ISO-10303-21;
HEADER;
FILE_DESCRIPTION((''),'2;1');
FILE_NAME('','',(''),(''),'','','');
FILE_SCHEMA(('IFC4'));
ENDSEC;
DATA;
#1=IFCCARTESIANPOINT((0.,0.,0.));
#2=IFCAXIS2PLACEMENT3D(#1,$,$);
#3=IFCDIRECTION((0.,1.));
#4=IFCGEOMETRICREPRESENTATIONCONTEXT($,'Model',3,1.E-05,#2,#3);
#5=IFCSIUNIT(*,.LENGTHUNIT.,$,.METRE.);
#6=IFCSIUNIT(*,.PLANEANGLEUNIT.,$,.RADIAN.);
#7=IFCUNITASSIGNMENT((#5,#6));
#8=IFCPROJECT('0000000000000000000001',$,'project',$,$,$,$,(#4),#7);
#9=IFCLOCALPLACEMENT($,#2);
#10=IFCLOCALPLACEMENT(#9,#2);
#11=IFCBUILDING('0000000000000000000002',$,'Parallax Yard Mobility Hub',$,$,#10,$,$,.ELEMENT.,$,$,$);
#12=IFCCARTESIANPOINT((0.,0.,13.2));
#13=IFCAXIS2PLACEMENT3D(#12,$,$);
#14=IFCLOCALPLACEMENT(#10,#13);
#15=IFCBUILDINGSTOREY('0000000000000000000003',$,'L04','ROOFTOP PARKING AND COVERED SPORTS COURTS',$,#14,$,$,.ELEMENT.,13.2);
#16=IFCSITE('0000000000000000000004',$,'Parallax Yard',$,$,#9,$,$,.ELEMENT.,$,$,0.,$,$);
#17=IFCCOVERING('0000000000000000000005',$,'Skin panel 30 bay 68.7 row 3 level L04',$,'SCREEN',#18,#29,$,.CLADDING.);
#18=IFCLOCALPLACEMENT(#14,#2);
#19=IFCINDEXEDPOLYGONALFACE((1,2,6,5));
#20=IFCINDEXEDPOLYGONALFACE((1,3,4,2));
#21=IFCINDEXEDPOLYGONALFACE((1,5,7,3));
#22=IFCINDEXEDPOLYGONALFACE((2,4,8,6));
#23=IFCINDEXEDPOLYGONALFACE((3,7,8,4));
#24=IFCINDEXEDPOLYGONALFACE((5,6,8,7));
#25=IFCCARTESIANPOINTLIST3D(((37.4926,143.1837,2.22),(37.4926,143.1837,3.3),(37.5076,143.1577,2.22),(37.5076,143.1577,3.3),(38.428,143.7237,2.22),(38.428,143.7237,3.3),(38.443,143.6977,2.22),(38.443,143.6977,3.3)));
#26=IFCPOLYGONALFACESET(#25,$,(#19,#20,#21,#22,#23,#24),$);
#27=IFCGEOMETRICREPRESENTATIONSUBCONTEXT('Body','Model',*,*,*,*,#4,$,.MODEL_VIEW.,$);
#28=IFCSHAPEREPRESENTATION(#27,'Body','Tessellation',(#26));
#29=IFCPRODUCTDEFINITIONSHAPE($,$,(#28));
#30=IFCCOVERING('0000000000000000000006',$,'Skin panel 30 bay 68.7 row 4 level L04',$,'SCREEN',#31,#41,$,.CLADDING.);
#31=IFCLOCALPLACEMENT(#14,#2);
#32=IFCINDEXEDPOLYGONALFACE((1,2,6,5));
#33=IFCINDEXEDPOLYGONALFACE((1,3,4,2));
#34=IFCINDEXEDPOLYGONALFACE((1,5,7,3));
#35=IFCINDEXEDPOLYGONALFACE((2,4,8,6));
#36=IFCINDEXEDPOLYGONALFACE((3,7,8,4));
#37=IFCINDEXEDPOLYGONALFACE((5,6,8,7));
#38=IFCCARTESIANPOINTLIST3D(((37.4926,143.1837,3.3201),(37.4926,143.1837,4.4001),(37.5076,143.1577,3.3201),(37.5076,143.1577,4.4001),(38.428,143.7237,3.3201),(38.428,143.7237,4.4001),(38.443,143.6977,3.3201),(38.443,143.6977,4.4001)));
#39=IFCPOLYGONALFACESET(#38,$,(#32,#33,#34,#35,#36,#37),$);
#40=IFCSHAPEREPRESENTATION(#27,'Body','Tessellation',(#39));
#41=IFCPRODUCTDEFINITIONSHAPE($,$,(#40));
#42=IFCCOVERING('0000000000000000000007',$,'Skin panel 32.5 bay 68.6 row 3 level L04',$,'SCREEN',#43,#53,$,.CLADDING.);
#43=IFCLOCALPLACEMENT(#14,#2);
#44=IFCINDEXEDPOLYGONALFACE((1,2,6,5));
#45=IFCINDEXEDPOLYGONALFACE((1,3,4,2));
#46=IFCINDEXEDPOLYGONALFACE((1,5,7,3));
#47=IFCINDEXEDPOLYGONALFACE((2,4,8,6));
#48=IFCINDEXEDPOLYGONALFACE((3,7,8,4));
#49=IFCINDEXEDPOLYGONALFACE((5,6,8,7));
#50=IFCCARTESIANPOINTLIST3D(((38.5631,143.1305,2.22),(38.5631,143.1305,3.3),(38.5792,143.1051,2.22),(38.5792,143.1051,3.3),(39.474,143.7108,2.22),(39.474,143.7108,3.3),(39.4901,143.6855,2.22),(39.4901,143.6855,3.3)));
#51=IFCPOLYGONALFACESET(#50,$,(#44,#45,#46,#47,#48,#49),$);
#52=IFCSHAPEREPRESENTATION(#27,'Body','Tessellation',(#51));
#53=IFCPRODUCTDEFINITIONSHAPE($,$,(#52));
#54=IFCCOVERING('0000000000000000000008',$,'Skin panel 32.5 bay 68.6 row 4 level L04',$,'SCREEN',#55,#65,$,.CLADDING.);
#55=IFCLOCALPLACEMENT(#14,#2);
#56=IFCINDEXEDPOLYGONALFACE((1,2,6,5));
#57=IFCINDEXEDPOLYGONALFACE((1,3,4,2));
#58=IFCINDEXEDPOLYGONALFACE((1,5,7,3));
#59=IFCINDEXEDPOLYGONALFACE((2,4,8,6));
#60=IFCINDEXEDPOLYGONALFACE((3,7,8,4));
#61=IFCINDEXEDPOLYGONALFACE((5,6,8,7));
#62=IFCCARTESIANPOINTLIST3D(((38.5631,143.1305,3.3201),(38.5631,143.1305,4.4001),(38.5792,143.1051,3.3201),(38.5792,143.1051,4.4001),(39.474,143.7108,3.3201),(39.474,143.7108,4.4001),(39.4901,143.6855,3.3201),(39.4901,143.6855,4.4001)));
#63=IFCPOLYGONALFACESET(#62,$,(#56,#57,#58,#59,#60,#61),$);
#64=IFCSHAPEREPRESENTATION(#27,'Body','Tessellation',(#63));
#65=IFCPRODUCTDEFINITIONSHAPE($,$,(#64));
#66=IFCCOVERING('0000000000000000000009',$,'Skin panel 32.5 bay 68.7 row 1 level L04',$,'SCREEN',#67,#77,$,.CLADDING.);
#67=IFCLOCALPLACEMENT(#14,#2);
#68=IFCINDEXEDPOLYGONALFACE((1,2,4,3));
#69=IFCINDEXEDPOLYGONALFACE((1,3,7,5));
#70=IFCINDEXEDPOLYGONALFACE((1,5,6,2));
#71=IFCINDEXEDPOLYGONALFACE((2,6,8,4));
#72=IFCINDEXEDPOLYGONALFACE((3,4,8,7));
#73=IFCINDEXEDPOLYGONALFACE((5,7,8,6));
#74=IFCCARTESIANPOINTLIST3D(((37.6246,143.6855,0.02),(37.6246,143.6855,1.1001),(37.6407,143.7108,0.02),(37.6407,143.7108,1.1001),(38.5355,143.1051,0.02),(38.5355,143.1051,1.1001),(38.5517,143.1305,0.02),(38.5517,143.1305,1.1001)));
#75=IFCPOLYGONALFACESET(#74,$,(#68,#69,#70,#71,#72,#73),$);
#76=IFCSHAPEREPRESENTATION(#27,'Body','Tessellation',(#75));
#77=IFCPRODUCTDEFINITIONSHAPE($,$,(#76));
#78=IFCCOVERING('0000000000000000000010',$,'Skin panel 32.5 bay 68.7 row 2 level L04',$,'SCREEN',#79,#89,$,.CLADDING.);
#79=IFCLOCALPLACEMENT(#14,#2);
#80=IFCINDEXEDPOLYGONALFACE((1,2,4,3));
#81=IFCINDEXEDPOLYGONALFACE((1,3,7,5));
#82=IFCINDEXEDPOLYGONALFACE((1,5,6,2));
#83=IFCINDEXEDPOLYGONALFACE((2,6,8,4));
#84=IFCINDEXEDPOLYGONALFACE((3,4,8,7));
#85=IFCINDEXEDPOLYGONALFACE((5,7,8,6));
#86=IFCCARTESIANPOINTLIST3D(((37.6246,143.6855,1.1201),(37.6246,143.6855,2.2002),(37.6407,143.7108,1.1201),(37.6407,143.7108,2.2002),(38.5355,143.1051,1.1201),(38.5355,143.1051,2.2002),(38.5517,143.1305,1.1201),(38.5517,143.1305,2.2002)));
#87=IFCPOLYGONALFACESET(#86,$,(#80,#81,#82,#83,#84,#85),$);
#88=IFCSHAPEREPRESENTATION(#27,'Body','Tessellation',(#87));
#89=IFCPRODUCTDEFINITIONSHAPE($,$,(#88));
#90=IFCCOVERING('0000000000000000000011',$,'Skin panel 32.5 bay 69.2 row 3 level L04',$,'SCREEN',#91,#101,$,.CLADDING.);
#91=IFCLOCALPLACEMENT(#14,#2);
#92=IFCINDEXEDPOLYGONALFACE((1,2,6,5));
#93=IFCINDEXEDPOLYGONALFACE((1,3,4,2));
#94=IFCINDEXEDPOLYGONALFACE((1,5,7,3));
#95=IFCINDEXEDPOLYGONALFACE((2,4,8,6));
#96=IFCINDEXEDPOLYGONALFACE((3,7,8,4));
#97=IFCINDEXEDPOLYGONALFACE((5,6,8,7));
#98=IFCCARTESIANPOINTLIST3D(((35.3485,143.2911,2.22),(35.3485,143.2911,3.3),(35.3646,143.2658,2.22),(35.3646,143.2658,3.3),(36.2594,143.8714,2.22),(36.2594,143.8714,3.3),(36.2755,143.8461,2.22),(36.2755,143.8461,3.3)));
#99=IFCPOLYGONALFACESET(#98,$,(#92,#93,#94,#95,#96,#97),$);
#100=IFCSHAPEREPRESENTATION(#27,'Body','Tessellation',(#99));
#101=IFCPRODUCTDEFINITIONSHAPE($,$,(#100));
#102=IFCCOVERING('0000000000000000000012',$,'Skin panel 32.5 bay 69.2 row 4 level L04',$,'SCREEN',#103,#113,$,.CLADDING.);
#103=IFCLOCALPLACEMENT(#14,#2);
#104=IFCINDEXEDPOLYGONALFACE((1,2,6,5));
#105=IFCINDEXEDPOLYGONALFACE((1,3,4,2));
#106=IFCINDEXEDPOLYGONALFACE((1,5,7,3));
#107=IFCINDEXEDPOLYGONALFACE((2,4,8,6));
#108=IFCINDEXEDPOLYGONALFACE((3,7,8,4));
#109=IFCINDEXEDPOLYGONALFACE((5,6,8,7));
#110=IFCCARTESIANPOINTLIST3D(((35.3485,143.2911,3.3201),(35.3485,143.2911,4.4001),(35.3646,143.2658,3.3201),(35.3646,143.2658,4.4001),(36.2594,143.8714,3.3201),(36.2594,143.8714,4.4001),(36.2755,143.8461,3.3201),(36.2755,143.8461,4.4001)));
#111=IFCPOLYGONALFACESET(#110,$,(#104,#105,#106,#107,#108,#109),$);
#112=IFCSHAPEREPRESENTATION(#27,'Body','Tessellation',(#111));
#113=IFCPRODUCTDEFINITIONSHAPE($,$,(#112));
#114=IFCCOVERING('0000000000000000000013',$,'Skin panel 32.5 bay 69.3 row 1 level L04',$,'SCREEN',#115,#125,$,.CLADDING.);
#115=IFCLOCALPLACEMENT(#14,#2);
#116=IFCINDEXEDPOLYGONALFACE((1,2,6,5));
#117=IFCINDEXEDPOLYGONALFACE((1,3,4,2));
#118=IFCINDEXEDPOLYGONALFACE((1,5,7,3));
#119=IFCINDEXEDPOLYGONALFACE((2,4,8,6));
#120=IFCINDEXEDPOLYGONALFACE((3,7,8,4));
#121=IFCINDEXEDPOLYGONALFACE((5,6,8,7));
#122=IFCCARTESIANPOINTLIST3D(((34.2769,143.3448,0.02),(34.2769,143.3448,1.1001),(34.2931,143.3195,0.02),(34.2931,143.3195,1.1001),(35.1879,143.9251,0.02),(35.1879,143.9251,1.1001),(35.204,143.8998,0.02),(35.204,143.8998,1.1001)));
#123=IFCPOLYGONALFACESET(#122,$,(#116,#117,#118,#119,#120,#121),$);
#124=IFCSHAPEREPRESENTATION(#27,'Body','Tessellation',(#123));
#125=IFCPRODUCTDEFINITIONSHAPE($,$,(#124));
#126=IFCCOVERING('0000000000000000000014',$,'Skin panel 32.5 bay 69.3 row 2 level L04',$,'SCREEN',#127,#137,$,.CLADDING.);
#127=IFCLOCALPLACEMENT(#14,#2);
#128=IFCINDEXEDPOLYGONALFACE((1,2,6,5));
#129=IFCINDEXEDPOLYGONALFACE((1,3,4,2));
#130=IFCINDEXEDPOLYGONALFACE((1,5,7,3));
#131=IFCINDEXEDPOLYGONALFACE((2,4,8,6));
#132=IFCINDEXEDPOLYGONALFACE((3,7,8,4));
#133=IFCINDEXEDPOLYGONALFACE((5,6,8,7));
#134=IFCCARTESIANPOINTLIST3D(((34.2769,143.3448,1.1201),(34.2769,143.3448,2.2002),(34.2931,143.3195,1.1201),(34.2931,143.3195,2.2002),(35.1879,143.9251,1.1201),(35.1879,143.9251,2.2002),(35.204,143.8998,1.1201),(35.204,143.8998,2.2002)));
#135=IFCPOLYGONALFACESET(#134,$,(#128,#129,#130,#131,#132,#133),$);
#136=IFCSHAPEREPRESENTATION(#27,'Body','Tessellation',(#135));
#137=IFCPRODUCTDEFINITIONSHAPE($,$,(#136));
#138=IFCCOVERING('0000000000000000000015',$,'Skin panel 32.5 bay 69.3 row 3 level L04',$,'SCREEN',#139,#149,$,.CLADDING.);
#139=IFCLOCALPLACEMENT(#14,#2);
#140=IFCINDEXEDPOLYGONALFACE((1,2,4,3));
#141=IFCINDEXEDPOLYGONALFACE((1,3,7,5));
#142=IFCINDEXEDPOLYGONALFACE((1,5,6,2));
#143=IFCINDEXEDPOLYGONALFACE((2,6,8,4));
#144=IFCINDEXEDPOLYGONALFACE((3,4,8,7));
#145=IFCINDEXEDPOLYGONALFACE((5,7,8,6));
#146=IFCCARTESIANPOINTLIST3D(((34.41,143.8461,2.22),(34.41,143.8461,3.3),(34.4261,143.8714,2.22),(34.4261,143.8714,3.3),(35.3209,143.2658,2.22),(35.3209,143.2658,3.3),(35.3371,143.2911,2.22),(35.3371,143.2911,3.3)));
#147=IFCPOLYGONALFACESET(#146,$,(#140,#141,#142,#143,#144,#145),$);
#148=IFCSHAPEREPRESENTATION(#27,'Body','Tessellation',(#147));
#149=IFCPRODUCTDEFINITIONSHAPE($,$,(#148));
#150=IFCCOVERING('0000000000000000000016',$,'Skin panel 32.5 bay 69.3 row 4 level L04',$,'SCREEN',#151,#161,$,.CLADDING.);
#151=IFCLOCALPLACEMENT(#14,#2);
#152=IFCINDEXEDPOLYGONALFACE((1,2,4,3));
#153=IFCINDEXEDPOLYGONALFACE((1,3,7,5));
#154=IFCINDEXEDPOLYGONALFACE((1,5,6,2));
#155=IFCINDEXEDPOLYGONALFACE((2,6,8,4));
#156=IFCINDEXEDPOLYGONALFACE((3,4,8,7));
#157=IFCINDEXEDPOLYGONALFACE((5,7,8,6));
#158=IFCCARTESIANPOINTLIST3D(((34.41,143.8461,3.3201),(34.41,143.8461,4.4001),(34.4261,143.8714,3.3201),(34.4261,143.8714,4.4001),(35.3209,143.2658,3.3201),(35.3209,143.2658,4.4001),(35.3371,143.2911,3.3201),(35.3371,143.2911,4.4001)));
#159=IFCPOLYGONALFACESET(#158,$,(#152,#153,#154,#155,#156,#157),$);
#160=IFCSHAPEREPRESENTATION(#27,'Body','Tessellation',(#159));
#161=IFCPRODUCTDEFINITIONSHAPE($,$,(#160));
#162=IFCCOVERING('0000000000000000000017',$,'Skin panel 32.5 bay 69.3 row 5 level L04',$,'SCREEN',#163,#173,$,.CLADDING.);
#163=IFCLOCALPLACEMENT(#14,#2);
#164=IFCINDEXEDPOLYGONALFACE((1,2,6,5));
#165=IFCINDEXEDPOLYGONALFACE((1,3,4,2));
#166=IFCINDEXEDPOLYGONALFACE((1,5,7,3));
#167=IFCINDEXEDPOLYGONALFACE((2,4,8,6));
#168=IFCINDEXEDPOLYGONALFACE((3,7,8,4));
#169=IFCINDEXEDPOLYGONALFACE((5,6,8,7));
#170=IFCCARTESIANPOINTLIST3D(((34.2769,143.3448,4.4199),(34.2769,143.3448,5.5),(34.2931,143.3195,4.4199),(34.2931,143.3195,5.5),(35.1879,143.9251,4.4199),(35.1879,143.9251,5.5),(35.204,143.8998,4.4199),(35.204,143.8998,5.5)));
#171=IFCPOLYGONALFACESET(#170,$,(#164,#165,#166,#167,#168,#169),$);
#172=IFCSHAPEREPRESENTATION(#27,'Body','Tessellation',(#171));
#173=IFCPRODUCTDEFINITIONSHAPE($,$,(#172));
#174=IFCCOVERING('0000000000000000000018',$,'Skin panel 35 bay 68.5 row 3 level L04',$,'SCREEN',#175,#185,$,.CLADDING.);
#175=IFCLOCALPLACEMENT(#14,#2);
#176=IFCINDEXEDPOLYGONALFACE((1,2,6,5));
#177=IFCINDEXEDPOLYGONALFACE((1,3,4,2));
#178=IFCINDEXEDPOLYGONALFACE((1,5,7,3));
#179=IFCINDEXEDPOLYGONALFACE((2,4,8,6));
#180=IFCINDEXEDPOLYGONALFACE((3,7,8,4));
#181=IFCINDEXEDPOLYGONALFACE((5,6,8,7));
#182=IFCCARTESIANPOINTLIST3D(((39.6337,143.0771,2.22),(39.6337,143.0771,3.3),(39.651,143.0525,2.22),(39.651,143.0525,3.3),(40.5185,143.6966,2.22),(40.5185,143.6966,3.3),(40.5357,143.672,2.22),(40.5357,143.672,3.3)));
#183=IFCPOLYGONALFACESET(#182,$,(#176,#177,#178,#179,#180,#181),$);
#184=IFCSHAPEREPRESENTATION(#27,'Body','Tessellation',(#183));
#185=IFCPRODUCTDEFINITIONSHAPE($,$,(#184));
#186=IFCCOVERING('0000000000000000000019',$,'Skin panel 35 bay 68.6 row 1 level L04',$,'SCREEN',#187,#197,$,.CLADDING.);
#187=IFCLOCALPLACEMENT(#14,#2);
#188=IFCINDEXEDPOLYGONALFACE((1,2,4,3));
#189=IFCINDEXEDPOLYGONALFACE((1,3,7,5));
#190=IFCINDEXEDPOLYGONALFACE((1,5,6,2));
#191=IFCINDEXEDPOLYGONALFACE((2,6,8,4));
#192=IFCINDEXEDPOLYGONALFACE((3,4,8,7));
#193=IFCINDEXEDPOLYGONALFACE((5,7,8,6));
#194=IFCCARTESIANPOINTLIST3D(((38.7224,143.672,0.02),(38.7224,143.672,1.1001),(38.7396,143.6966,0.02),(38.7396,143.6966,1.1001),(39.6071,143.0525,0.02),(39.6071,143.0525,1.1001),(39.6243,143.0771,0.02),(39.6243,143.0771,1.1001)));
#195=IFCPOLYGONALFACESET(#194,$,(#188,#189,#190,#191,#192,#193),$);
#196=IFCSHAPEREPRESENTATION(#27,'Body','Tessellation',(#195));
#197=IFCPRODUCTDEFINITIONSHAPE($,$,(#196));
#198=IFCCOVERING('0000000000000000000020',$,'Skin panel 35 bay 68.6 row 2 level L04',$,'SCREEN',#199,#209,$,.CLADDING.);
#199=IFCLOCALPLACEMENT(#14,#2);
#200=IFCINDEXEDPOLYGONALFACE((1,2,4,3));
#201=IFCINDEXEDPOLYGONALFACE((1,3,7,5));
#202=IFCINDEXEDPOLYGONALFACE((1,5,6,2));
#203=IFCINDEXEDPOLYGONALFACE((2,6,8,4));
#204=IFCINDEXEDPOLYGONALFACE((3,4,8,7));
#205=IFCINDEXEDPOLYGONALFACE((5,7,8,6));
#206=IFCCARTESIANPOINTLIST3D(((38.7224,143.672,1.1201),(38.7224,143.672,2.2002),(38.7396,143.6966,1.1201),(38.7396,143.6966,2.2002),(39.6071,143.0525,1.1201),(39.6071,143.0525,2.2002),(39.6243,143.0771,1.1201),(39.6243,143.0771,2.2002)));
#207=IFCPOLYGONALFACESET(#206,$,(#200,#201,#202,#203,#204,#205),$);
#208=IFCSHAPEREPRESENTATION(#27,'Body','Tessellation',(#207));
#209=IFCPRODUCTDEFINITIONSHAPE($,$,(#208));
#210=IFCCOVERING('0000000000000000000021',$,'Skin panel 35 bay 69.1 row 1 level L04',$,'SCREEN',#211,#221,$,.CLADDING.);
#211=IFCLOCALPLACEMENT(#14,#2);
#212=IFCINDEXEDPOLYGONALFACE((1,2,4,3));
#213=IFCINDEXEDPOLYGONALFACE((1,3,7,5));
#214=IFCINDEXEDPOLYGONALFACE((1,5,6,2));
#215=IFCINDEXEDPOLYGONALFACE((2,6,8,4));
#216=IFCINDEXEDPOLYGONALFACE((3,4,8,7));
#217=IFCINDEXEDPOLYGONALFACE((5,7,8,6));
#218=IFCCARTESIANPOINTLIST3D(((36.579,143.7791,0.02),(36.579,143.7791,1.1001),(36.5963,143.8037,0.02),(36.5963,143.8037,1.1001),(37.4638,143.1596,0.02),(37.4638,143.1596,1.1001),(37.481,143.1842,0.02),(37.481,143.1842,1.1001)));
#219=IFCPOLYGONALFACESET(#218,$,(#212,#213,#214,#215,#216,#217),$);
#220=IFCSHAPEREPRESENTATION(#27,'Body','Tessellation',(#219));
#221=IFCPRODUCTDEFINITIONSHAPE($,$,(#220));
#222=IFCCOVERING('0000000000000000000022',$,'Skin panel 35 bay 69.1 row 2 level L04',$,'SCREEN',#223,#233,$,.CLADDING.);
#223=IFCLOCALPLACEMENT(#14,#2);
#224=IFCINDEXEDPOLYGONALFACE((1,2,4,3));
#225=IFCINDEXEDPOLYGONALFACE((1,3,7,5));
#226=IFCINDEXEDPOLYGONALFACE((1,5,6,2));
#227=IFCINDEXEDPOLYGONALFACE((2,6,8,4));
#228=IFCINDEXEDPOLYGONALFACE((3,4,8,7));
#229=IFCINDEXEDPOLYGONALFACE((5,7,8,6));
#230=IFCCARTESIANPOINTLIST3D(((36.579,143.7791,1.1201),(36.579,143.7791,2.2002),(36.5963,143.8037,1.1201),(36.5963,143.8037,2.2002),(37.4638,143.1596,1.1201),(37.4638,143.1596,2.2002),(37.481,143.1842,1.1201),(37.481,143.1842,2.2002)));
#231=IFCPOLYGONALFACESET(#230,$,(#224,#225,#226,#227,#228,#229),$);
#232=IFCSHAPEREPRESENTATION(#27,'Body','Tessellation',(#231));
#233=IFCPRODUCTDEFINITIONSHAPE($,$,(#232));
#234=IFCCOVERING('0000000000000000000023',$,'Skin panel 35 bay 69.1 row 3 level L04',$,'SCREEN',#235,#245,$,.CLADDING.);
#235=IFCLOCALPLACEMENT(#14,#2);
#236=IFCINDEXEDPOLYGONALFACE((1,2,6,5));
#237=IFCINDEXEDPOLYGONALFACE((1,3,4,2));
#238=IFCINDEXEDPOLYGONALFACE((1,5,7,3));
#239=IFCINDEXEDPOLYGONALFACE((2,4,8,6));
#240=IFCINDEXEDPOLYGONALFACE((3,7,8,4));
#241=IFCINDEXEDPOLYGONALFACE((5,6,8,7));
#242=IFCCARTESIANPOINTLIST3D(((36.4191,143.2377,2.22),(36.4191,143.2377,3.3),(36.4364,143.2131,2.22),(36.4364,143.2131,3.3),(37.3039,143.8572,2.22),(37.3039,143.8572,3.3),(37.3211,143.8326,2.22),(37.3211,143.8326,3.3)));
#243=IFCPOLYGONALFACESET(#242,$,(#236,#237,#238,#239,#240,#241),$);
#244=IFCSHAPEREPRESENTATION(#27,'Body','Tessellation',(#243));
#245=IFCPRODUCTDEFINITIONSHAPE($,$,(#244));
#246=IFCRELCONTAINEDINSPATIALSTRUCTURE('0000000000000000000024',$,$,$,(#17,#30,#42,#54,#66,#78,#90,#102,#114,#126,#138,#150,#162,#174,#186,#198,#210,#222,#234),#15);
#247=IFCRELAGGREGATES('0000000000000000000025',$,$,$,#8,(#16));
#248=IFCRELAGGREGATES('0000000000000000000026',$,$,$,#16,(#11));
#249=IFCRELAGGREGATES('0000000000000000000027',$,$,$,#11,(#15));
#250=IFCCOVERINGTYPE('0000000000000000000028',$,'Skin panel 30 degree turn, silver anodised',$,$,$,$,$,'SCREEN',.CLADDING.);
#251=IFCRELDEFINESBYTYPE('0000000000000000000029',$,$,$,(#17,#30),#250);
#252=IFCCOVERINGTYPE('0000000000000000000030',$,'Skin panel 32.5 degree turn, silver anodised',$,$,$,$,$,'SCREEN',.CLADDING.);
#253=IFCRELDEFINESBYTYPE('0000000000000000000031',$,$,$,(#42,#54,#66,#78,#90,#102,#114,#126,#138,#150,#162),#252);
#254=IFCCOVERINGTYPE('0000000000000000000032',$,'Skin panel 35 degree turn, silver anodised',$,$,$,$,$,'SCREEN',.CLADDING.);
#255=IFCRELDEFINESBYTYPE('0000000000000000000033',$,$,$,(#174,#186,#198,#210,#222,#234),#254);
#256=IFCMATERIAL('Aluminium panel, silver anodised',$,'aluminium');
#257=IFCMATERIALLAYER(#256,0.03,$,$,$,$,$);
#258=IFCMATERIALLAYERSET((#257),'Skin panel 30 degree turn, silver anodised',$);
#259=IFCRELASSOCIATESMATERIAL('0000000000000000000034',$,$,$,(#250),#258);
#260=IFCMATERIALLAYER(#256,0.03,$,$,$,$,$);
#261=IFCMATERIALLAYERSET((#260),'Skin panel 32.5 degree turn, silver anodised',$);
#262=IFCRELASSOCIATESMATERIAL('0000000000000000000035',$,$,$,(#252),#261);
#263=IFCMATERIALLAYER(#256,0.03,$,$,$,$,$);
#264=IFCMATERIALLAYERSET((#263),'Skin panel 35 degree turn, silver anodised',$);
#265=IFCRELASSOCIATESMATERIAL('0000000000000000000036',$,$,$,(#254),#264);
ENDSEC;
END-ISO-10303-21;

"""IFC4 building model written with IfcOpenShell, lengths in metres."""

from ifc_helpers import new_model, si_unit, direction, frame, origin, origin_2d, place, context, subcontext, project, spatial, rectangle, extrude, material, layer, layer_set, type_object, element, save


model = new_model("IFC4")

# Units and contexts
model_context = context("Model", 3, precision=1e-05, world=origin(), true_north=direction((0.0, 1.0)))
body_context = subcontext(model_context, "Body", "Model", "MODEL_VIEW")
ifc_project = project(units=[si_unit("LENGTHUNIT", "METRE"), si_unit("PLANEANGLEUNIT", "RADIAN")], contexts=[model_context])

# Site, building, storey
site_placement = place(None, origin())
site = spatial("IfcSite", under=ifc_project, at=site_placement, Name="Parallax Yard", CompositionType="ELEMENT", RefElevation=0.0)
building_placement = place(site_placement, origin())
building = spatial("IfcBuilding", under=site, at=building_placement, Name="Parallax Yard Mobility Hub", CompositionType="ELEMENT")
storey_placement = place(building_placement, frame((0.0, 0.0, 13.2)))
storey = spatial("IfcBuildingStorey", under=building, at=storey_placement, Name="L04", Description="ROOFTOP PARKING AND COVERED SPORTS COURTS", CompositionType="ELEMENT", Elevation=13.2)

# Coverings
ifc_material_1 = material(Name="Aluminium panel, silver anodised", Category="aluminium")
ifc_layer_1 = layer(ifc_material_1, 0.03)
ifc_layer_set_1 = layer_set([ifc_layer_1], Name="Skin panel 30 degree turn, silver anodised")
covering_type_1 = type_object("IfcCoveringType", Name="Skin panel 30 degree turn, silver anodised", ElementType="SCREEN", PredefinedType="CLADDING", material=ifc_layer_set_1)
for number, where, z_axis, x_axis, name in (
    (1, (37.9678, 143.4407, 2.22), (0.0, 0.0, 1.0), (0.866025, 0.5, 0.0), "Skin panel 30 bay 68.7 row 3 level L04"),
    (2, (37.9678, 143.4407, 3.3201), (0.0, 0.0, 1.0), (0.866025, 0.5, 0.0), "Skin panel 30 bay 68.7 row 4 level L04"),
):
    element("IfcCovering", number, at=place(storey_placement, frame(where, z_axis=z_axis, x_axis=x_axis)), inside=storey, type_object=covering_type_1, Name=name, ObjectType="SCREEN", PredefinedType="CLADDING", context=body_context, shape_type="SweptSolid", body=[
        extrude(rectangle(XDim=1.0801, YDim=0.03, at=origin_2d()), origin(), (0.0, 0.0, 1.0), 1.0801),
    ])
ifc_layer_2 = layer(ifc_material_1, 0.03)
ifc_layer_set_2 = layer_set([ifc_layer_2], Name="Skin panel 32.5 degree turn, silver anodised")
covering_type_2 = type_object("IfcCoveringType", Name="Skin panel 32.5 degree turn, silver anodised", ElementType="SCREEN", PredefinedType="CLADDING", material=ifc_layer_set_2)
for number, where, z_axis, x_axis, name in (
    (3, (39.0266, 143.408, 2.22), (0.0, 0.0, 1.0), (0.843391, 0.5373, 0.0), "Skin panel 32.5 bay 68.6 row 3 level L04"),
    (4, (39.0266, 143.408, 3.3201), (0.0, 0.0, 1.0), (0.843391, 0.5373, 0.0), "Skin panel 32.5 bay 68.6 row 4 level L04"),
    (5, (38.0881, 143.408, 0.02), (0.0, 0.0, 1.0), (-0.843391, 0.5373, 0.0), "Skin panel 32.5 bay 68.7 row 1 level L04"),
    (6, (38.0881, 143.408, 1.1201), (0.0, 0.0, 1.0), (-0.843391, 0.5373, 0.0), "Skin panel 32.5 bay 68.7 row 2 level L04"),
    (7, (35.812, 143.5686, 2.22), (0.0, 0.0, 1.0), (0.843391, 0.5373, 0.0), "Skin panel 32.5 bay 69.2 row 3 level L04"),
    (8, (35.812, 143.5686, 3.3201), (0.0, 0.0, 1.0), (0.843391, 0.5373, 0.0), "Skin panel 32.5 bay 69.2 row 4 level L04"),
    (9, (34.7405, 143.6223, 0.02), (0.0, 0.0, 1.0), (0.843391, 0.5373, 0.0), "Skin panel 32.5 bay 69.3 row 1 level L04"),
    (10, (34.7405, 143.6223, 1.1201), (0.0, 0.0, 1.0), (0.843391, 0.5373, 0.0), "Skin panel 32.5 bay 69.3 row 2 level L04"),
    (11, (34.8735, 143.5686, 2.22), (0.0, 0.0, 1.0), (-0.843391, 0.5373, 0.0), "Skin panel 32.5 bay 69.3 row 3 level L04"),
    (12, (34.8735, 143.5686, 3.3201), (0.0, 0.0, 1.0), (-0.843391, 0.5373, 0.0), "Skin panel 32.5 bay 69.3 row 4 level L04"),
    (13, (34.7405, 143.6223, 4.4199), (0.0, 0.0, 1.0), (0.843391, 0.5373, 0.0), "Skin panel 32.5 bay 69.3 row 5 level L04"),
):
    element("IfcCovering", number, at=place(storey_placement, frame(where, z_axis=z_axis, x_axis=x_axis)), inside=storey, type_object=covering_type_2, Name=name, ObjectType="SCREEN", PredefinedType="CLADDING", context=body_context, shape_type="SweptSolid", body=[
        extrude(rectangle(XDim=1.0801, YDim=0.03, at=origin_2d()), origin(), (0.0, 0.0, 1.0), 1.0801),
    ])
ifc_layer_3 = layer(ifc_material_1, 0.03)
ifc_layer_set_3 = layer_set([ifc_layer_3], Name="Skin panel 35 degree turn, silver anodised")
covering_type_3 = type_object("IfcCoveringType", Name="Skin panel 35 degree turn, silver anodised", ElementType="SCREEN", PredefinedType="CLADDING", material=ifc_layer_set_3)
for number, where, z_axis, x_axis, name in (
    (14, (40.0847, 143.3745, 2.22), (0.0, 0.0, 1.0), (0.819152, 0.573576, 0.0), "Skin panel 35 bay 68.5 row 3 level L04"),
    (15, (39.1733, 143.3745, 0.02), (0.0, 0.0, 1.0), (-0.819152, 0.573576, 0.0), "Skin panel 35 bay 68.6 row 1 level L04"),
    (16, (39.1733, 143.3745, 1.1201), (0.0, 0.0, 1.0), (-0.819152, 0.573576, 0.0), "Skin panel 35 bay 68.6 row 2 level L04"),
    (17, (37.03, 143.4817, 0.02), (0.0, 0.0, 1.0), (-0.819152, 0.573576, 0.0), "Skin panel 35 bay 69.1 row 1 level L04"),
    (18, (37.03, 143.4817, 1.1201), (0.0, 0.0, 1.0), (-0.819152, 0.573576, 0.0), "Skin panel 35 bay 69.1 row 2 level L04"),
    (19, (36.8701, 143.5352, 2.22), (0.0, 0.0, 1.0), (0.819152, 0.573576, 0.0), "Skin panel 35 bay 69.1 row 3 level L04"),
):
    element("IfcCovering", number, at=place(storey_placement, frame(where, z_axis=z_axis, x_axis=x_axis)), inside=storey, type_object=covering_type_3, Name=name, ObjectType="SCREEN", PredefinedType="CLADDING", context=body_context, shape_type="SweptSolid", body=[
        extrude(rectangle(XDim=1.0801, YDim=0.03, at=origin_2d()), origin(), (0.0, 0.0, 1.0), 1.0801),
    ])

save(model, "model.ifc")
